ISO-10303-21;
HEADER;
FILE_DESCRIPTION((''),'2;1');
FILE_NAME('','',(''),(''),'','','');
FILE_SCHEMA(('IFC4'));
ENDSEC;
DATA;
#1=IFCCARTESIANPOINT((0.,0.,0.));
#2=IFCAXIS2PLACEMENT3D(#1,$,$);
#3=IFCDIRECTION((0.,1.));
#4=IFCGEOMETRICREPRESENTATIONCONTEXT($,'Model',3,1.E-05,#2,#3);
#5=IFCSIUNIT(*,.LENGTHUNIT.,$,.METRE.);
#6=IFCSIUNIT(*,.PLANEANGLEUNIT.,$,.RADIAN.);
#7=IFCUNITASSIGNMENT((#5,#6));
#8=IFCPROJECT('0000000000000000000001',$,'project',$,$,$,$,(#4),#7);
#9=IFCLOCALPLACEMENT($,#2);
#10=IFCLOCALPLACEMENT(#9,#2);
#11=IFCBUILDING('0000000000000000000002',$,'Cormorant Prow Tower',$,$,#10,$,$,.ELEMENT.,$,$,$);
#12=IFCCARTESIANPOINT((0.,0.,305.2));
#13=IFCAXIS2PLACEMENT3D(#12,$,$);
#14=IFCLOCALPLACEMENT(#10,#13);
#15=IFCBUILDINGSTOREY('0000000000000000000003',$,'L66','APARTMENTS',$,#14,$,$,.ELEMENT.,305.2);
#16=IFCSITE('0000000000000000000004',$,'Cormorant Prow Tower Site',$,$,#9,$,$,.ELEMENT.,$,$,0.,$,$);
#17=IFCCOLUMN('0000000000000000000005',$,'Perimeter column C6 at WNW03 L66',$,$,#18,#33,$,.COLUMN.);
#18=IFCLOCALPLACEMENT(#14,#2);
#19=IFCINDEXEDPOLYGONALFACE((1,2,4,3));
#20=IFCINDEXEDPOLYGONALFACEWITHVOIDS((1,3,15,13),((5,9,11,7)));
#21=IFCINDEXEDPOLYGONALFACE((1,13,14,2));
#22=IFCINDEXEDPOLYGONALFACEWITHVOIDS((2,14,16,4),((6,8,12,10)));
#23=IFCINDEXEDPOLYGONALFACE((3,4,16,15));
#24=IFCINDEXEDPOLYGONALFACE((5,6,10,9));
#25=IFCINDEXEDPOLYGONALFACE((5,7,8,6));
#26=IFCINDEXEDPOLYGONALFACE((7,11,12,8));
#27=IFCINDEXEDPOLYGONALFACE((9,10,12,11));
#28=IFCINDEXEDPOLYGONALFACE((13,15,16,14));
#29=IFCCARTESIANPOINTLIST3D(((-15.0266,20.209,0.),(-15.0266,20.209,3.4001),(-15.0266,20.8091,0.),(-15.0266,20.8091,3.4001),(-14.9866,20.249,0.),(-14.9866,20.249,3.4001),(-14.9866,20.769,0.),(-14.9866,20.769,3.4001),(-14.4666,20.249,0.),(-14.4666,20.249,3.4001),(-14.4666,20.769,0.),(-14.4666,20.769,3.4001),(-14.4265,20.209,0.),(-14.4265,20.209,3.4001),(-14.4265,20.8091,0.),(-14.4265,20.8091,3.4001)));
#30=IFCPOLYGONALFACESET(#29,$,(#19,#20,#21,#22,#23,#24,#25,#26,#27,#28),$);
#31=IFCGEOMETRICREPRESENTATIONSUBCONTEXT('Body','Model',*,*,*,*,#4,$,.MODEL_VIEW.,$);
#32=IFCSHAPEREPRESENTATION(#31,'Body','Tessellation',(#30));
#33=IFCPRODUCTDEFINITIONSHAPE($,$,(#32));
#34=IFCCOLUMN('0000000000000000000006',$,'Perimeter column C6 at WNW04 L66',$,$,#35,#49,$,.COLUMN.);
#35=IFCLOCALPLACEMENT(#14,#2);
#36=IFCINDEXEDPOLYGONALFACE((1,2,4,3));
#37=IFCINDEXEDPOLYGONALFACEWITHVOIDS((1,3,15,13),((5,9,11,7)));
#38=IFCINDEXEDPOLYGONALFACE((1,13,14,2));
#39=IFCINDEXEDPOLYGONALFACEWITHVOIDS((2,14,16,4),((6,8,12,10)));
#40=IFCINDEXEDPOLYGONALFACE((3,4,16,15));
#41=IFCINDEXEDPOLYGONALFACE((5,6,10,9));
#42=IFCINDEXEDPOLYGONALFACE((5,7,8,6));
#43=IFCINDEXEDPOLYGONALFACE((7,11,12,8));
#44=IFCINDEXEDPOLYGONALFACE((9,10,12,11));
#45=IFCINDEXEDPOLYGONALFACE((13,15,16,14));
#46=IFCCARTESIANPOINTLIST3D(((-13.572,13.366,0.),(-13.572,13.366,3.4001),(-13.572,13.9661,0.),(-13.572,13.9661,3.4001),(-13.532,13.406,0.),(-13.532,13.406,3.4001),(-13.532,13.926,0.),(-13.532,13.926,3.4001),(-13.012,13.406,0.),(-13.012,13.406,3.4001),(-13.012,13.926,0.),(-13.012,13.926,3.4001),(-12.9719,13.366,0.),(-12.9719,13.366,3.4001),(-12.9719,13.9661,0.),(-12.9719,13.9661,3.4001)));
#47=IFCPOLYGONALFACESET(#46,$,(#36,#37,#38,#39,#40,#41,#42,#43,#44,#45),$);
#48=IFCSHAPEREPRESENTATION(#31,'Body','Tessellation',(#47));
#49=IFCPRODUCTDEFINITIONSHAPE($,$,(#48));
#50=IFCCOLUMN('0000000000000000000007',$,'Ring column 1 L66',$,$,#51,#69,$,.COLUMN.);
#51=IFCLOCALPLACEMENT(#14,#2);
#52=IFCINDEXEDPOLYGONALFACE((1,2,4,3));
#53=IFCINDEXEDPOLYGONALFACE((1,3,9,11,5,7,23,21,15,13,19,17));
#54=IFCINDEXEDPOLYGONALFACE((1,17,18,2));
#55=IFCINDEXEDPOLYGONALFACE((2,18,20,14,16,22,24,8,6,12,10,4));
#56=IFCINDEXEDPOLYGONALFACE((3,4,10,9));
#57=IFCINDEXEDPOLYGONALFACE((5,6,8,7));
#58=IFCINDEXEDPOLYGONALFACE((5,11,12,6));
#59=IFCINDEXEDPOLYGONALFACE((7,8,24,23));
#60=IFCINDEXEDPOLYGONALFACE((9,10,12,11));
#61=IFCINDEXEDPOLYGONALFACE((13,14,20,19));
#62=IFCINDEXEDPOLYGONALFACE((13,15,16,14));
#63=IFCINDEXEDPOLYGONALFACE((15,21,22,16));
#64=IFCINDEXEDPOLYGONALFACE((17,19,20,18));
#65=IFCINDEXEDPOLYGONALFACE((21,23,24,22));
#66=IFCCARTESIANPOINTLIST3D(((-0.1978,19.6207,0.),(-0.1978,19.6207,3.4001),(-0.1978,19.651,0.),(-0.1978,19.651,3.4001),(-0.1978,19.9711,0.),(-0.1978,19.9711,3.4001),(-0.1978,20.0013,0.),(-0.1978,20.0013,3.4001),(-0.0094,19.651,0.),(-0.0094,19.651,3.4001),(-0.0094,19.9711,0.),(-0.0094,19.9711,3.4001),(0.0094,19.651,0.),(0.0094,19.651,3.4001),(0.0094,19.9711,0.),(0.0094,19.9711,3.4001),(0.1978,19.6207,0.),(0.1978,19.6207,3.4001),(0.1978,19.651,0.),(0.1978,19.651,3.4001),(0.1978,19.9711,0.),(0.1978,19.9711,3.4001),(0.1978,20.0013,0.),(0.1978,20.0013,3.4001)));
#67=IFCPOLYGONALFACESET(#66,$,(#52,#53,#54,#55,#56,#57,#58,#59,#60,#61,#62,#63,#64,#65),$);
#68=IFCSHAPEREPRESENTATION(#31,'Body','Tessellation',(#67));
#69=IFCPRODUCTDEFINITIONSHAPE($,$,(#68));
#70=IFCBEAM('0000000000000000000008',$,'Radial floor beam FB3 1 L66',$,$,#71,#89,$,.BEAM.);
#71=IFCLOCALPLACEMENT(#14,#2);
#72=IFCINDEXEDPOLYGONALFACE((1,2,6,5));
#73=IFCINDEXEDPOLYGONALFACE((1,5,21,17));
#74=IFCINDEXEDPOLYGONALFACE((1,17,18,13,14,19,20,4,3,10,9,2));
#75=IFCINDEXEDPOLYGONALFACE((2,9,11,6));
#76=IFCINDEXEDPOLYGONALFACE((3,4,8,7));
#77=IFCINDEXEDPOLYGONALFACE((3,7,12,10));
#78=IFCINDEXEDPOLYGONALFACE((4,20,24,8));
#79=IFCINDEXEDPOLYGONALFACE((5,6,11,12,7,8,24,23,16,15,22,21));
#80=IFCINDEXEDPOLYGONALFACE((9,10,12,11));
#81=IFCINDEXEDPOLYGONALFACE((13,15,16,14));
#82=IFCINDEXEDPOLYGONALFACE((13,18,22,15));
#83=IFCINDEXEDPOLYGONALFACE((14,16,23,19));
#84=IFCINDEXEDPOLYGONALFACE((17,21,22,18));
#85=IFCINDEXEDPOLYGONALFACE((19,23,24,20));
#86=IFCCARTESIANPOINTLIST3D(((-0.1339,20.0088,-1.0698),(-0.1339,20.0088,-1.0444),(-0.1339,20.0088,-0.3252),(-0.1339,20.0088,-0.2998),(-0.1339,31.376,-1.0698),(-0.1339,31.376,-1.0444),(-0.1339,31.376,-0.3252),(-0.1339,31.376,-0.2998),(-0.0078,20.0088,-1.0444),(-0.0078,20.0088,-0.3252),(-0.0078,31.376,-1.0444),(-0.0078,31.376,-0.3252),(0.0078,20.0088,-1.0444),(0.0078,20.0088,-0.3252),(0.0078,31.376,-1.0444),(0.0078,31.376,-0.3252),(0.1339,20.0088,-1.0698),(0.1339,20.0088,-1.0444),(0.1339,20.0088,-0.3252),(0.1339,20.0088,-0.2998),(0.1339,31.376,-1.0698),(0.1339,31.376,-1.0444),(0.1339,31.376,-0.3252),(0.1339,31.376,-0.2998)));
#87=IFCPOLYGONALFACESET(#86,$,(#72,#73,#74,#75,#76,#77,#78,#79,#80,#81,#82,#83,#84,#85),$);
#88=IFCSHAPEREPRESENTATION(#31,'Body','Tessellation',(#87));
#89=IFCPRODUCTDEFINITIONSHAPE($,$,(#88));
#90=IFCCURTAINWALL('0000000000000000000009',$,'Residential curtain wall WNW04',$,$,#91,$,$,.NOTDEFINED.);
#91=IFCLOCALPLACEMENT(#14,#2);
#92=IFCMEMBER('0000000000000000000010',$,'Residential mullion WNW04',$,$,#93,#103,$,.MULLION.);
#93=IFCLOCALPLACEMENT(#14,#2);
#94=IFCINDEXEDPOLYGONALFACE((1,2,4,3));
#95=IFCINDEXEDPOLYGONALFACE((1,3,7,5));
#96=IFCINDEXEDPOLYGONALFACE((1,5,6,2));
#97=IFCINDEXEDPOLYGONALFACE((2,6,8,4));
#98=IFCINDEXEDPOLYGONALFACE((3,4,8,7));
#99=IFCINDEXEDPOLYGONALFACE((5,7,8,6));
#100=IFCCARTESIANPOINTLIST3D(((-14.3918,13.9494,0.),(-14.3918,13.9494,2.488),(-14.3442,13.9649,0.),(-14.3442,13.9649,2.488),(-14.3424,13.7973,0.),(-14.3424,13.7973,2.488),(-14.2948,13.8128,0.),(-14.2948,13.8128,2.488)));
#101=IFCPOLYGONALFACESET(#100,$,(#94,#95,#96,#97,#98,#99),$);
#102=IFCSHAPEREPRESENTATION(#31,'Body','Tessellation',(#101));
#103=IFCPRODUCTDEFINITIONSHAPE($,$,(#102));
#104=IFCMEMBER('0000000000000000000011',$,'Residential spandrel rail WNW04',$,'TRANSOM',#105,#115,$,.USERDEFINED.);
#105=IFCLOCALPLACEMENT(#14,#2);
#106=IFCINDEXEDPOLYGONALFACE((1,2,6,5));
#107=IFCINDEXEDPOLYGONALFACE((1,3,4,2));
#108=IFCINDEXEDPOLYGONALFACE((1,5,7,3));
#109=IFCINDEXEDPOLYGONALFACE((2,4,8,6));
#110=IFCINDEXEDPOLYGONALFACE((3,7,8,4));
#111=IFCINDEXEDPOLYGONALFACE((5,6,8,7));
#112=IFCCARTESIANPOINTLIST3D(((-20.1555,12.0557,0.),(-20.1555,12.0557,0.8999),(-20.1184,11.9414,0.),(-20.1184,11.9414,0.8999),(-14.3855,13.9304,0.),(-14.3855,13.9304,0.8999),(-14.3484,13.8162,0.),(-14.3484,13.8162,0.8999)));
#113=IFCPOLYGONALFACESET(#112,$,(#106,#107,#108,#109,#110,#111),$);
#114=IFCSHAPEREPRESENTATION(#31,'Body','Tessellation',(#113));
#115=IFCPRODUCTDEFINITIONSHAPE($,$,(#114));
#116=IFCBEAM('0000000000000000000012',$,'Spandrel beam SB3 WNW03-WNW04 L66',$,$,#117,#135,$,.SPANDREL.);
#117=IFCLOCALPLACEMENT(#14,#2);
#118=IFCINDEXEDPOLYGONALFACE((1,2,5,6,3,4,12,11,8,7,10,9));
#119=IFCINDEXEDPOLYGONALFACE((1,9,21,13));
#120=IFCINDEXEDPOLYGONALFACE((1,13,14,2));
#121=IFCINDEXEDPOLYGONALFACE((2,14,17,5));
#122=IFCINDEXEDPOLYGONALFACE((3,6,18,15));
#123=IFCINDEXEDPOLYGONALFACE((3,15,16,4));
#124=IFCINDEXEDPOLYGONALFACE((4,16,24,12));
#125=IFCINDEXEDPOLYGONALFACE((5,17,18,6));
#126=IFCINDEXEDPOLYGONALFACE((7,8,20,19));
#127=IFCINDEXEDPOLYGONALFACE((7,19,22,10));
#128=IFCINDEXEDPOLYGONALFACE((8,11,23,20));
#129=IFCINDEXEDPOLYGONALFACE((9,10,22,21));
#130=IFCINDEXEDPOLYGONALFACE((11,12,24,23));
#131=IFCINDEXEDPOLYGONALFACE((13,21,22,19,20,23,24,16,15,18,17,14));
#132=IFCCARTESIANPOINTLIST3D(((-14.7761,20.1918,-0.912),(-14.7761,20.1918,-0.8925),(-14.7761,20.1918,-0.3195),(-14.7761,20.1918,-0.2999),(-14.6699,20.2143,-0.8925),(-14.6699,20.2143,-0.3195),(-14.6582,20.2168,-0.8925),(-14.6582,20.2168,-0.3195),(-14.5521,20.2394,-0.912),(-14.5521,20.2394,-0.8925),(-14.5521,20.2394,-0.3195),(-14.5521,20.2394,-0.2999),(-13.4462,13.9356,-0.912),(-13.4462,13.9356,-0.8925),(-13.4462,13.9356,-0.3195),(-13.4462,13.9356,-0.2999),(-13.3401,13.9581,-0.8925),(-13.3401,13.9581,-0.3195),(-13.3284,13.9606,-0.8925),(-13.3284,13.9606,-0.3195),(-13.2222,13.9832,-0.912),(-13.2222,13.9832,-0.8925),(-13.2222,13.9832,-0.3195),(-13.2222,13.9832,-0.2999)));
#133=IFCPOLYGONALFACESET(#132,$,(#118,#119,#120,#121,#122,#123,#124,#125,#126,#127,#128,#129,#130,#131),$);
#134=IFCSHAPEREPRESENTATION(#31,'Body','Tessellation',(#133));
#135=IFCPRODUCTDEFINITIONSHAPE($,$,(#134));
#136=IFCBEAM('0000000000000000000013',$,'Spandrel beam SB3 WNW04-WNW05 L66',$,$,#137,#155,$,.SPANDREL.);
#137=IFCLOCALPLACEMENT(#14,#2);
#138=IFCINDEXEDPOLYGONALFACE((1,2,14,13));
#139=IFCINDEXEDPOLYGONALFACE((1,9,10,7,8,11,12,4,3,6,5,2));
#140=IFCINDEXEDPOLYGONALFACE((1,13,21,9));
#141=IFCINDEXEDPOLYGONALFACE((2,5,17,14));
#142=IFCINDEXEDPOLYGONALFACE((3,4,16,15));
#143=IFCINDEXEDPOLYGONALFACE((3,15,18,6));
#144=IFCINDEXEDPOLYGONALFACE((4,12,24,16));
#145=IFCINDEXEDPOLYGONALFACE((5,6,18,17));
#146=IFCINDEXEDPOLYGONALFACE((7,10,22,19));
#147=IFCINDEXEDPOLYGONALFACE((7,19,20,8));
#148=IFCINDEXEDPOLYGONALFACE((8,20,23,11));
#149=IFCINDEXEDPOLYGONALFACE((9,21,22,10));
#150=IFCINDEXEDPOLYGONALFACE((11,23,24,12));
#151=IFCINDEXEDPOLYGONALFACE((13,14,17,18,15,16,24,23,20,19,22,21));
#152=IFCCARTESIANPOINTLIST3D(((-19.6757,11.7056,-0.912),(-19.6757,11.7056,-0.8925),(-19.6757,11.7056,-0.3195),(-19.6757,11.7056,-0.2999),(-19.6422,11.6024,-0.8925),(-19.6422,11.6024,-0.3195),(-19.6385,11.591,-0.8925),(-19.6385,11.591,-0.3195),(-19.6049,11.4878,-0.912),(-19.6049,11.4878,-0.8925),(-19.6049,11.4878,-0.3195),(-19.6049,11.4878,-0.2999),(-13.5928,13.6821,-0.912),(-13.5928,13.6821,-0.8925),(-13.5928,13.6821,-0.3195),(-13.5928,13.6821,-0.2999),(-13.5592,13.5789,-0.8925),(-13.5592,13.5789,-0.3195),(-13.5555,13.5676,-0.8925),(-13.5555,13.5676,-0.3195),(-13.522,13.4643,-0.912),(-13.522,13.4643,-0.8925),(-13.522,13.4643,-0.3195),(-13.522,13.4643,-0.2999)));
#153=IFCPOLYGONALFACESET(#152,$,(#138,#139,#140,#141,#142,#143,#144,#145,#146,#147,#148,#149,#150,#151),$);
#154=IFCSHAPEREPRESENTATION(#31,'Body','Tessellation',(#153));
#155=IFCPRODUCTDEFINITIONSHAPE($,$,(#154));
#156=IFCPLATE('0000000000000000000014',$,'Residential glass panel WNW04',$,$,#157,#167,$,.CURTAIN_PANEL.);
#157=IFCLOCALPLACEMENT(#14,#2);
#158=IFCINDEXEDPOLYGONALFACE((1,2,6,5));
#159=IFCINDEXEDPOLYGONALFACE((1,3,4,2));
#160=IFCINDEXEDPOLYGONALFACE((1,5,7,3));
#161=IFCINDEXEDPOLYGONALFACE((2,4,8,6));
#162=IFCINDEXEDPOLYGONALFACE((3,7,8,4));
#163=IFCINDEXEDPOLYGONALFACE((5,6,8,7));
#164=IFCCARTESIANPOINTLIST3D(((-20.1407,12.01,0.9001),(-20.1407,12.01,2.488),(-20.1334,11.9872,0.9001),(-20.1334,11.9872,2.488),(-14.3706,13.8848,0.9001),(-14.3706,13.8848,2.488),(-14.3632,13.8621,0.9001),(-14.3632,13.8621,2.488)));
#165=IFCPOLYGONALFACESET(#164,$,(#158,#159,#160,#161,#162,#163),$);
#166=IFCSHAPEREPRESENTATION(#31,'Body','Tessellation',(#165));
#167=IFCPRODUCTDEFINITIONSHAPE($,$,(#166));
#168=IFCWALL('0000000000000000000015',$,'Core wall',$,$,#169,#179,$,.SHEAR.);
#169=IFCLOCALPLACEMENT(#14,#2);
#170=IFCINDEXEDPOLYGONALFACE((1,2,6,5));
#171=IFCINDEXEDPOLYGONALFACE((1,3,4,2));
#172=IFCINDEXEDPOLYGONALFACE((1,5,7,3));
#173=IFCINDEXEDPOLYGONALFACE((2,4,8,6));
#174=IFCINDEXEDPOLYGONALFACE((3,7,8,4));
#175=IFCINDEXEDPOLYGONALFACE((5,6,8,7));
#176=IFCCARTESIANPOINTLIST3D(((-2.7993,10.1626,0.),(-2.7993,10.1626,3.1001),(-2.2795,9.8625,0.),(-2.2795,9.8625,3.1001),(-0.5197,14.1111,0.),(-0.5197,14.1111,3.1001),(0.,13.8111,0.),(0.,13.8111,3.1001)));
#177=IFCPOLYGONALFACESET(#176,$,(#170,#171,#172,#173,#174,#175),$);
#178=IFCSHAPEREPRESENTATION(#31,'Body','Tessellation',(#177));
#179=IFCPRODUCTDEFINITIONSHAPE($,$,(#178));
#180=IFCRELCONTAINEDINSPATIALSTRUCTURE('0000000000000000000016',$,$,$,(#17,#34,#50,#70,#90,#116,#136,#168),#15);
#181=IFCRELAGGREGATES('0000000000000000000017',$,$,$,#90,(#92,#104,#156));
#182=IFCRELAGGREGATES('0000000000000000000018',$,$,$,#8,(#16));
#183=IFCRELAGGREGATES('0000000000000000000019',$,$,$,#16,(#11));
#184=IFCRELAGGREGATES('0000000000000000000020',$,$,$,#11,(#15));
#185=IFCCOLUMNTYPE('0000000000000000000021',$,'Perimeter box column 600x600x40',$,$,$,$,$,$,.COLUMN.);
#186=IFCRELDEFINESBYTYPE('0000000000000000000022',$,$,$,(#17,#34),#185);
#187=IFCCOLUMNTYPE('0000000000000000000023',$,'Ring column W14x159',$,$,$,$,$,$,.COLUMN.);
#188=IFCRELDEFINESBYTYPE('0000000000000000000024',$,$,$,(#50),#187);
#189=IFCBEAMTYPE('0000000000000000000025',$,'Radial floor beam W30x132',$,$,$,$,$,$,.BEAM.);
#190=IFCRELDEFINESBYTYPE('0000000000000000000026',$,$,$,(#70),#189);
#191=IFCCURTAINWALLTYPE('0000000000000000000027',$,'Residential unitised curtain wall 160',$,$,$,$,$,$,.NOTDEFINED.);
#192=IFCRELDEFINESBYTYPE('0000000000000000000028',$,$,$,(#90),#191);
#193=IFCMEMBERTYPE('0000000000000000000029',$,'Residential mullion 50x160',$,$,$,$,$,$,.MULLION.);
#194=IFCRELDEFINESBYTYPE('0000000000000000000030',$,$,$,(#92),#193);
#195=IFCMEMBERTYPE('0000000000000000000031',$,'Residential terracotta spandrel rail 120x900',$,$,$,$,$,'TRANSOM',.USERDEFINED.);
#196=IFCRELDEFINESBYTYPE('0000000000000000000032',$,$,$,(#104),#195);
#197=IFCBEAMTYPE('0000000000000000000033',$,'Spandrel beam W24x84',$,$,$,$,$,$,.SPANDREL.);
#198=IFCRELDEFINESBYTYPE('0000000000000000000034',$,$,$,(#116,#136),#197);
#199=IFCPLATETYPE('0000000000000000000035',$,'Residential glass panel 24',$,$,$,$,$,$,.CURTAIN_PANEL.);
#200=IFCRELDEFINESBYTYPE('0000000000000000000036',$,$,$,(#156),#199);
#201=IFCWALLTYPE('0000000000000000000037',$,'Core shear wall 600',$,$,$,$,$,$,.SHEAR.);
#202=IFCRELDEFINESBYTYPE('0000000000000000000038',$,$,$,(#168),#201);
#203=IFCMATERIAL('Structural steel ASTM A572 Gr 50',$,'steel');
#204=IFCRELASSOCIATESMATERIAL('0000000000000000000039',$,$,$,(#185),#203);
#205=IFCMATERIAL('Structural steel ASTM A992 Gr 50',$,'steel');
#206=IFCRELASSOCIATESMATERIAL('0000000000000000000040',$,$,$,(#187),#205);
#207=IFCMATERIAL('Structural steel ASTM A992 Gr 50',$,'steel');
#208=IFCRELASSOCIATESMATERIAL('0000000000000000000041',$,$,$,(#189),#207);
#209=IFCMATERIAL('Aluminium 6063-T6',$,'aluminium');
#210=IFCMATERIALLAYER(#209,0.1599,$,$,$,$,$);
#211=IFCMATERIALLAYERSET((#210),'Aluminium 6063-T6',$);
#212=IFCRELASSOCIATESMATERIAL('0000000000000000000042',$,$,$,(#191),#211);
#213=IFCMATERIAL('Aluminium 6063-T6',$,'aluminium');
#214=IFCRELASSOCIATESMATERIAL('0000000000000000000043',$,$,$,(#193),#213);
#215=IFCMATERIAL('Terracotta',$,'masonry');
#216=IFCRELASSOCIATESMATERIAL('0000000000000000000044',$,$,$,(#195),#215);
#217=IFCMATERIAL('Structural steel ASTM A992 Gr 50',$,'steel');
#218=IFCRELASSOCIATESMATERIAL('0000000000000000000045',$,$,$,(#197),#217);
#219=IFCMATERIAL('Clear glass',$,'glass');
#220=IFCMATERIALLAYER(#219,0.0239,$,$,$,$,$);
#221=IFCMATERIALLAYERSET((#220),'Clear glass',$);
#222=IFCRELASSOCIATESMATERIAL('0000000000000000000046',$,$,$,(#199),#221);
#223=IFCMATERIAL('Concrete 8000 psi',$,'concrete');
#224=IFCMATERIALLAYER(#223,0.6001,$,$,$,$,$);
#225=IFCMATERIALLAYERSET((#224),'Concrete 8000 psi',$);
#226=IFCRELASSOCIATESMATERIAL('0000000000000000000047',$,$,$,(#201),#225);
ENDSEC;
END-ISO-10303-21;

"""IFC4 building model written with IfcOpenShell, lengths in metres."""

from ifc_helpers import new_model, si_unit, direction, frame, frame_2d, origin, origin_2d, place, context, subcontext, project, spatial, rectangle, hollow_rectangle, i_section, extrude, material, layer, layer_set, material_profile, profile_set, type_object, element, aggregate, save


model = new_model("IFC4")

# Units and contexts
model_context = context("Model", 3, precision=1e-05, world=origin(), true_north=direction((0.0, 1.0)))
body_context = subcontext(model_context, "Body", "Model", "MODEL_VIEW")
ifc_project = project(units=[si_unit("LENGTHUNIT", "METRE"), si_unit("PLANEANGLEUNIT", "RADIAN")], contexts=[model_context])

# Site, building, storey
site_placement = place(None, origin())
site = spatial("IfcSite", under=ifc_project, at=site_placement, Name="Cormorant Prow Tower Site", CompositionType="ELEMENT", RefElevation=0.0)
building_placement = place(site_placement, origin())
building = spatial("IfcBuilding", under=site, at=building_placement, Name="Cormorant Prow Tower", CompositionType="ELEMENT")
storey_placement = place(building_placement, frame((0.0, 0.0, 305.2)))
storey = spatial("IfcBuildingStorey", under=building, at=storey_placement, Name="L66", Description="APARTMENTS", CompositionType="ELEMENT", Elevation=305.2)

# Columns
ifc_material_1 = material(Name="Structural steel ASTM A572 Gr 50", Category="steel")
ifc_material_profile_1 = material_profile(ifc_material_1, hollow_rectangle(XDim=0.6001, YDim=0.6001, WallThickness=0.04, at=origin_2d()), Name="Box 600x600x40")
ifc_profile_set_1 = profile_set([ifc_material_profile_1], Name="Structural steel ASTM A572 Gr 50")
column_type_1 = type_object("IfcColumnType", Name="Perimeter box column 600x600x40", PredefinedType="COLUMN", material=ifc_profile_set_1)
for number, where, z_axis, x_axis, name in (
    (1, (-14.7266, 20.509, 0.0), (0.0, 0.0, 1.0), (1.0, 0.0, 0.0), "Perimeter column C6 at WNW03 L66"),
    (2, (-13.272, 13.666, 0.0), (0.0, 0.0, 1.0), (1.0, 0.0, 0.0), "Perimeter column C6 at WNW04 L66"),
):
    element("IfcColumn", number, at=place(storey_placement, frame(where, z_axis=z_axis, x_axis=x_axis)), inside=storey, type_object=column_type_1, Name=name, PredefinedType="COLUMN", context=body_context, shape_type="SweptSolid", body=[
        extrude(hollow_rectangle(XDim=0.6001, YDim=0.6001, WallThickness=0.04, at=origin_2d()), origin(), (0.0, 0.0, 1.0), 3.4001),
    ])
ifc_material_2 = material(Name="Structural steel ASTM A992 Gr 50", Category="steel")
ifc_material_profile_2 = material_profile(ifc_material_2, i_section(OverallWidth=0.3955, OverallDepth=0.3806, WebThickness=0.0188, FlangeThickness=0.0303, at=origin_2d()), Name="W14x159")
ifc_profile_set_2 = profile_set([ifc_material_profile_2], Name="Structural steel ASTM A992 Gr 50")
column_type_2 = type_object("IfcColumnType", Name="Ring column W14x159", PredefinedType="COLUMN", material=ifc_profile_set_2)
column_placement = place(storey_placement, frame((0.0, 19.811, 0.0), z_axis=(0.0, 0.0, 1.0), x_axis=(1.0, 0.0, 0.0)))
element("IfcColumn", 3, at=column_placement, inside=storey, type_object=column_type_2, Name="Ring column 1 L66", PredefinedType="COLUMN", context=body_context, shape_type="SweptSolid", body=[
    extrude(i_section(OverallWidth=0.3955, OverallDepth=0.3806, WebThickness=0.0188, FlangeThickness=0.0303, at=origin_2d()), origin(), (0.0, 0.0, 1.0), 3.4001),
])

# Beam
ifc_material_3 = material(Name="Structural steel ASTM A992 Gr 50", Category="steel")
ifc_material_profile_3 = material_profile(ifc_material_3, i_section(OverallWidth=0.2678, OverallDepth=0.77, WebThickness=0.0156, FlangeThickness=0.0254, at=origin_2d()), Name="W30x132")
ifc_profile_set_3 = profile_set([ifc_material_profile_3], Name="Structural steel ASTM A992 Gr 50")
beam_type_1 = type_object("IfcBeamType", Name="Radial floor beam W30x132", PredefinedType="BEAM", material=ifc_profile_set_3)
beam_placement = place(storey_placement, frame((0.0, 20.0088, -0.6848), z_axis=(0.0, 1.0, 0.0), x_axis=(-1.0, 0.0, 0.0)))
element("IfcBeam", 4, at=beam_placement, inside=storey, type_object=beam_type_1, Name="Radial floor beam FB3 1 L66", PredefinedType="BEAM", context=body_context, shape_type="SweptSolid", body=[
    extrude(i_section(OverallWidth=0.2678, OverallDepth=0.77, WebThickness=0.0156, FlangeThickness=0.0254, at=origin_2d()), origin(), (0.0, 0.0, 1.0), 11.3672),
])

# Curtain wall, members
ifc_material_4 = material(Name="Aluminium 6063-T6", Category="aluminium")
ifc_layer_1 = layer(ifc_material_4, 0.1599)
ifc_layer_set_1 = layer_set([ifc_layer_1], Name="Aluminium 6063-T6")
curtain_wall_type = type_object("IfcCurtainWallType", Name="Residential unitised curtain wall 160", PredefinedType="NOTDEFINED", material=ifc_layer_set_1)
curtain_wall_placement = place(storey_placement, origin())
curtain_wall = element("IfcCurtainWall", 5, at=curtain_wall_placement, inside=storey, type_object=curtain_wall_type, Name="Residential curtain wall WNW04", PredefinedType="NOTDEFINED")
ifc_material_5 = material(Name="Aluminium 6063-T6", Category="aluminium")
ifc_material_profile_4 = material_profile(ifc_material_5, rectangle(XDim=0.1599, YDim=0.05, at=origin_2d()), Name="Residential mullion 50x160")
ifc_profile_set_4 = profile_set([ifc_material_profile_4], Name="Aluminium 6063-T6")
member_type_1 = type_object("IfcMemberType", Name="Residential mullion 50x160", PredefinedType="MULLION", material=ifc_profile_set_4)
member_1_placement = place(storey_placement, frame((-14.3433, 13.8811, 0.0), z_axis=(0.0, 0.0, 1.0), x_axis=(0.309017, -0.951057, 0.0)))
member_1 = element("IfcMember", 6, at=member_1_placement, type_object=member_type_1, Name="Residential mullion WNW04", PredefinedType="MULLION", context=body_context, shape_type="SweptSolid", body=[
    extrude(rectangle(XDim=0.1599, YDim=0.05, at=origin_2d()), origin(), (0.0, 0.0, 1.0), 2.488),
])
ifc_material_6 = material(Name="Terracotta", Category="masonry")
ifc_material_profile_5 = material_profile(ifc_material_6, rectangle(XDim=0.1201, YDim=0.8999, at=origin_2d()), Name="Residential terracotta spandrel rail 120x900")
ifc_profile_set_5 = profile_set([ifc_material_profile_5], Name="Terracotta")
member_type_2 = type_object("IfcMemberType", Name="Residential terracotta spandrel rail 120x900", ElementType="TRANSOM", PredefinedType="USERDEFINED", material=ifc_profile_set_5)
member_2_placement = place(storey_placement, frame((-14.3669, 13.8733, 0.45), z_axis=(-0.951058, -0.309011, 0.0), x_axis=(0.309011, -0.951058, 0.0)))
member_2 = element("IfcMember", 7, at=member_2_placement, type_object=member_type_2, Name="Residential spandrel rail WNW04", ObjectType="TRANSOM", PredefinedType="USERDEFINED", context=body_context, shape_type="SweptSolid", body=[
    extrude(rectangle(XDim=0.1201, YDim=0.8999, at=origin_2d()), origin(), (0.0, 0.0, 1.0), 6.0669),
])

# Beams
ifc_material_7 = material(Name="Structural steel ASTM A992 Gr 50", Category="steel")
ifc_material_profile_6 = material_profile(ifc_material_7, i_section(OverallWidth=0.229, OverallDepth=0.6121, WebThickness=0.012, FlangeThickness=0.0195, at=origin_2d()), Name="W24x84")
ifc_profile_set_6 = profile_set([ifc_material_profile_6], Name="Structural steel ASTM A992 Gr 50")
beam_type_2 = type_object("IfcBeamType", Name="Spandrel beam W24x84", PredefinedType="SPANDREL", material=ifc_profile_set_6)
for number, where, z_axis, x_axis, name in (
    (8, (-14.6641, 20.2156, -0.606), (0.20792, -0.978146, 0.0), (0.978146, 0.20792, 0.0), "Spandrel beam SB3 WNW03-WNW04 L66"),
    (9, (-13.5574, 13.5732, -0.606), (-0.951053, -0.309027, 0.0), (0.309027, -0.951053, 0.0), "Spandrel beam SB3 WNW04-WNW05 L66"),
):
    element("IfcBeam", number, at=place(storey_placement, frame(where, z_axis=z_axis, x_axis=x_axis)), inside=storey, type_object=beam_type_2, Name=name, PredefinedType="SPANDREL", context=body_context, shape_type="SweptSolid", body=[
        extrude(i_section(OverallWidth=0.229, OverallDepth=0.6121, WebThickness=0.012, FlangeThickness=0.0195, at=origin_2d()), origin(), (0.0, 0.0, 1.0), 6.396),
    ])

# Plate
ifc_material_8 = material(Name="Clear glass", Category="glass")
ifc_layer_2 = layer(ifc_material_8, 0.0239)
ifc_layer_set_2 = layer_set([ifc_layer_2], Name="Clear glass")
plate_type = type_object("IfcPlateType", Name="Residential glass panel 24", PredefinedType="CURTAIN_PANEL", material=ifc_layer_set_2)
plate_placement = place(storey_placement, frame((-17.252, 12.936, 0.9001), z_axis=(0.0, 0.0, 1.0), x_axis=(-0.951057, -0.309017, 0.0)))
plate = element("IfcPlate", 10, at=plate_placement, type_object=plate_type, Name="Residential glass panel WNW04", PredefinedType="CURTAIN_PANEL", context=body_context, shape_type="SweptSolid", body=[
    extrude(rectangle(XDim=6.0671, YDim=0.0239, at=origin_2d()), origin(), (0.0, 0.0, 1.0), 1.5879),
])
aggregate(curtain_wall, [member_1, member_2, plate])

# Wall
ifc_material_9 = material(Name="Concrete 8000 psi", Category="concrete")
ifc_layer_3 = layer(ifc_material_9, 0.6001)
ifc_layer_set_3 = layer_set([ifc_layer_3], Name="Concrete 8000 psi")
wall_type_1 = type_object("IfcWallType", Name="Core shear wall 600", PredefinedType="SHEAR", material=ifc_layer_set_3)
wall_1_placement = place(storey_placement, frame((-0.2598, 13.9612, 0.0), z_axis=(0.0, 0.0, 1.0), x_axis=(-0.49998, -0.866037, 0.0)))
element("IfcWall", 11, at=wall_1_placement, inside=storey, type_object=wall_type_1, Name="Core wall", PredefinedType="SHEAR", context=body_context, shape_type="SweptSolid", body=[
    extrude(rectangle(XDim=4.5593, YDim=0.6001, at=frame_2d((2.2798, 0.0))), origin(), (0.0, 0.0, 1.0), 3.1001),
])

save(model, "model.ifc")
